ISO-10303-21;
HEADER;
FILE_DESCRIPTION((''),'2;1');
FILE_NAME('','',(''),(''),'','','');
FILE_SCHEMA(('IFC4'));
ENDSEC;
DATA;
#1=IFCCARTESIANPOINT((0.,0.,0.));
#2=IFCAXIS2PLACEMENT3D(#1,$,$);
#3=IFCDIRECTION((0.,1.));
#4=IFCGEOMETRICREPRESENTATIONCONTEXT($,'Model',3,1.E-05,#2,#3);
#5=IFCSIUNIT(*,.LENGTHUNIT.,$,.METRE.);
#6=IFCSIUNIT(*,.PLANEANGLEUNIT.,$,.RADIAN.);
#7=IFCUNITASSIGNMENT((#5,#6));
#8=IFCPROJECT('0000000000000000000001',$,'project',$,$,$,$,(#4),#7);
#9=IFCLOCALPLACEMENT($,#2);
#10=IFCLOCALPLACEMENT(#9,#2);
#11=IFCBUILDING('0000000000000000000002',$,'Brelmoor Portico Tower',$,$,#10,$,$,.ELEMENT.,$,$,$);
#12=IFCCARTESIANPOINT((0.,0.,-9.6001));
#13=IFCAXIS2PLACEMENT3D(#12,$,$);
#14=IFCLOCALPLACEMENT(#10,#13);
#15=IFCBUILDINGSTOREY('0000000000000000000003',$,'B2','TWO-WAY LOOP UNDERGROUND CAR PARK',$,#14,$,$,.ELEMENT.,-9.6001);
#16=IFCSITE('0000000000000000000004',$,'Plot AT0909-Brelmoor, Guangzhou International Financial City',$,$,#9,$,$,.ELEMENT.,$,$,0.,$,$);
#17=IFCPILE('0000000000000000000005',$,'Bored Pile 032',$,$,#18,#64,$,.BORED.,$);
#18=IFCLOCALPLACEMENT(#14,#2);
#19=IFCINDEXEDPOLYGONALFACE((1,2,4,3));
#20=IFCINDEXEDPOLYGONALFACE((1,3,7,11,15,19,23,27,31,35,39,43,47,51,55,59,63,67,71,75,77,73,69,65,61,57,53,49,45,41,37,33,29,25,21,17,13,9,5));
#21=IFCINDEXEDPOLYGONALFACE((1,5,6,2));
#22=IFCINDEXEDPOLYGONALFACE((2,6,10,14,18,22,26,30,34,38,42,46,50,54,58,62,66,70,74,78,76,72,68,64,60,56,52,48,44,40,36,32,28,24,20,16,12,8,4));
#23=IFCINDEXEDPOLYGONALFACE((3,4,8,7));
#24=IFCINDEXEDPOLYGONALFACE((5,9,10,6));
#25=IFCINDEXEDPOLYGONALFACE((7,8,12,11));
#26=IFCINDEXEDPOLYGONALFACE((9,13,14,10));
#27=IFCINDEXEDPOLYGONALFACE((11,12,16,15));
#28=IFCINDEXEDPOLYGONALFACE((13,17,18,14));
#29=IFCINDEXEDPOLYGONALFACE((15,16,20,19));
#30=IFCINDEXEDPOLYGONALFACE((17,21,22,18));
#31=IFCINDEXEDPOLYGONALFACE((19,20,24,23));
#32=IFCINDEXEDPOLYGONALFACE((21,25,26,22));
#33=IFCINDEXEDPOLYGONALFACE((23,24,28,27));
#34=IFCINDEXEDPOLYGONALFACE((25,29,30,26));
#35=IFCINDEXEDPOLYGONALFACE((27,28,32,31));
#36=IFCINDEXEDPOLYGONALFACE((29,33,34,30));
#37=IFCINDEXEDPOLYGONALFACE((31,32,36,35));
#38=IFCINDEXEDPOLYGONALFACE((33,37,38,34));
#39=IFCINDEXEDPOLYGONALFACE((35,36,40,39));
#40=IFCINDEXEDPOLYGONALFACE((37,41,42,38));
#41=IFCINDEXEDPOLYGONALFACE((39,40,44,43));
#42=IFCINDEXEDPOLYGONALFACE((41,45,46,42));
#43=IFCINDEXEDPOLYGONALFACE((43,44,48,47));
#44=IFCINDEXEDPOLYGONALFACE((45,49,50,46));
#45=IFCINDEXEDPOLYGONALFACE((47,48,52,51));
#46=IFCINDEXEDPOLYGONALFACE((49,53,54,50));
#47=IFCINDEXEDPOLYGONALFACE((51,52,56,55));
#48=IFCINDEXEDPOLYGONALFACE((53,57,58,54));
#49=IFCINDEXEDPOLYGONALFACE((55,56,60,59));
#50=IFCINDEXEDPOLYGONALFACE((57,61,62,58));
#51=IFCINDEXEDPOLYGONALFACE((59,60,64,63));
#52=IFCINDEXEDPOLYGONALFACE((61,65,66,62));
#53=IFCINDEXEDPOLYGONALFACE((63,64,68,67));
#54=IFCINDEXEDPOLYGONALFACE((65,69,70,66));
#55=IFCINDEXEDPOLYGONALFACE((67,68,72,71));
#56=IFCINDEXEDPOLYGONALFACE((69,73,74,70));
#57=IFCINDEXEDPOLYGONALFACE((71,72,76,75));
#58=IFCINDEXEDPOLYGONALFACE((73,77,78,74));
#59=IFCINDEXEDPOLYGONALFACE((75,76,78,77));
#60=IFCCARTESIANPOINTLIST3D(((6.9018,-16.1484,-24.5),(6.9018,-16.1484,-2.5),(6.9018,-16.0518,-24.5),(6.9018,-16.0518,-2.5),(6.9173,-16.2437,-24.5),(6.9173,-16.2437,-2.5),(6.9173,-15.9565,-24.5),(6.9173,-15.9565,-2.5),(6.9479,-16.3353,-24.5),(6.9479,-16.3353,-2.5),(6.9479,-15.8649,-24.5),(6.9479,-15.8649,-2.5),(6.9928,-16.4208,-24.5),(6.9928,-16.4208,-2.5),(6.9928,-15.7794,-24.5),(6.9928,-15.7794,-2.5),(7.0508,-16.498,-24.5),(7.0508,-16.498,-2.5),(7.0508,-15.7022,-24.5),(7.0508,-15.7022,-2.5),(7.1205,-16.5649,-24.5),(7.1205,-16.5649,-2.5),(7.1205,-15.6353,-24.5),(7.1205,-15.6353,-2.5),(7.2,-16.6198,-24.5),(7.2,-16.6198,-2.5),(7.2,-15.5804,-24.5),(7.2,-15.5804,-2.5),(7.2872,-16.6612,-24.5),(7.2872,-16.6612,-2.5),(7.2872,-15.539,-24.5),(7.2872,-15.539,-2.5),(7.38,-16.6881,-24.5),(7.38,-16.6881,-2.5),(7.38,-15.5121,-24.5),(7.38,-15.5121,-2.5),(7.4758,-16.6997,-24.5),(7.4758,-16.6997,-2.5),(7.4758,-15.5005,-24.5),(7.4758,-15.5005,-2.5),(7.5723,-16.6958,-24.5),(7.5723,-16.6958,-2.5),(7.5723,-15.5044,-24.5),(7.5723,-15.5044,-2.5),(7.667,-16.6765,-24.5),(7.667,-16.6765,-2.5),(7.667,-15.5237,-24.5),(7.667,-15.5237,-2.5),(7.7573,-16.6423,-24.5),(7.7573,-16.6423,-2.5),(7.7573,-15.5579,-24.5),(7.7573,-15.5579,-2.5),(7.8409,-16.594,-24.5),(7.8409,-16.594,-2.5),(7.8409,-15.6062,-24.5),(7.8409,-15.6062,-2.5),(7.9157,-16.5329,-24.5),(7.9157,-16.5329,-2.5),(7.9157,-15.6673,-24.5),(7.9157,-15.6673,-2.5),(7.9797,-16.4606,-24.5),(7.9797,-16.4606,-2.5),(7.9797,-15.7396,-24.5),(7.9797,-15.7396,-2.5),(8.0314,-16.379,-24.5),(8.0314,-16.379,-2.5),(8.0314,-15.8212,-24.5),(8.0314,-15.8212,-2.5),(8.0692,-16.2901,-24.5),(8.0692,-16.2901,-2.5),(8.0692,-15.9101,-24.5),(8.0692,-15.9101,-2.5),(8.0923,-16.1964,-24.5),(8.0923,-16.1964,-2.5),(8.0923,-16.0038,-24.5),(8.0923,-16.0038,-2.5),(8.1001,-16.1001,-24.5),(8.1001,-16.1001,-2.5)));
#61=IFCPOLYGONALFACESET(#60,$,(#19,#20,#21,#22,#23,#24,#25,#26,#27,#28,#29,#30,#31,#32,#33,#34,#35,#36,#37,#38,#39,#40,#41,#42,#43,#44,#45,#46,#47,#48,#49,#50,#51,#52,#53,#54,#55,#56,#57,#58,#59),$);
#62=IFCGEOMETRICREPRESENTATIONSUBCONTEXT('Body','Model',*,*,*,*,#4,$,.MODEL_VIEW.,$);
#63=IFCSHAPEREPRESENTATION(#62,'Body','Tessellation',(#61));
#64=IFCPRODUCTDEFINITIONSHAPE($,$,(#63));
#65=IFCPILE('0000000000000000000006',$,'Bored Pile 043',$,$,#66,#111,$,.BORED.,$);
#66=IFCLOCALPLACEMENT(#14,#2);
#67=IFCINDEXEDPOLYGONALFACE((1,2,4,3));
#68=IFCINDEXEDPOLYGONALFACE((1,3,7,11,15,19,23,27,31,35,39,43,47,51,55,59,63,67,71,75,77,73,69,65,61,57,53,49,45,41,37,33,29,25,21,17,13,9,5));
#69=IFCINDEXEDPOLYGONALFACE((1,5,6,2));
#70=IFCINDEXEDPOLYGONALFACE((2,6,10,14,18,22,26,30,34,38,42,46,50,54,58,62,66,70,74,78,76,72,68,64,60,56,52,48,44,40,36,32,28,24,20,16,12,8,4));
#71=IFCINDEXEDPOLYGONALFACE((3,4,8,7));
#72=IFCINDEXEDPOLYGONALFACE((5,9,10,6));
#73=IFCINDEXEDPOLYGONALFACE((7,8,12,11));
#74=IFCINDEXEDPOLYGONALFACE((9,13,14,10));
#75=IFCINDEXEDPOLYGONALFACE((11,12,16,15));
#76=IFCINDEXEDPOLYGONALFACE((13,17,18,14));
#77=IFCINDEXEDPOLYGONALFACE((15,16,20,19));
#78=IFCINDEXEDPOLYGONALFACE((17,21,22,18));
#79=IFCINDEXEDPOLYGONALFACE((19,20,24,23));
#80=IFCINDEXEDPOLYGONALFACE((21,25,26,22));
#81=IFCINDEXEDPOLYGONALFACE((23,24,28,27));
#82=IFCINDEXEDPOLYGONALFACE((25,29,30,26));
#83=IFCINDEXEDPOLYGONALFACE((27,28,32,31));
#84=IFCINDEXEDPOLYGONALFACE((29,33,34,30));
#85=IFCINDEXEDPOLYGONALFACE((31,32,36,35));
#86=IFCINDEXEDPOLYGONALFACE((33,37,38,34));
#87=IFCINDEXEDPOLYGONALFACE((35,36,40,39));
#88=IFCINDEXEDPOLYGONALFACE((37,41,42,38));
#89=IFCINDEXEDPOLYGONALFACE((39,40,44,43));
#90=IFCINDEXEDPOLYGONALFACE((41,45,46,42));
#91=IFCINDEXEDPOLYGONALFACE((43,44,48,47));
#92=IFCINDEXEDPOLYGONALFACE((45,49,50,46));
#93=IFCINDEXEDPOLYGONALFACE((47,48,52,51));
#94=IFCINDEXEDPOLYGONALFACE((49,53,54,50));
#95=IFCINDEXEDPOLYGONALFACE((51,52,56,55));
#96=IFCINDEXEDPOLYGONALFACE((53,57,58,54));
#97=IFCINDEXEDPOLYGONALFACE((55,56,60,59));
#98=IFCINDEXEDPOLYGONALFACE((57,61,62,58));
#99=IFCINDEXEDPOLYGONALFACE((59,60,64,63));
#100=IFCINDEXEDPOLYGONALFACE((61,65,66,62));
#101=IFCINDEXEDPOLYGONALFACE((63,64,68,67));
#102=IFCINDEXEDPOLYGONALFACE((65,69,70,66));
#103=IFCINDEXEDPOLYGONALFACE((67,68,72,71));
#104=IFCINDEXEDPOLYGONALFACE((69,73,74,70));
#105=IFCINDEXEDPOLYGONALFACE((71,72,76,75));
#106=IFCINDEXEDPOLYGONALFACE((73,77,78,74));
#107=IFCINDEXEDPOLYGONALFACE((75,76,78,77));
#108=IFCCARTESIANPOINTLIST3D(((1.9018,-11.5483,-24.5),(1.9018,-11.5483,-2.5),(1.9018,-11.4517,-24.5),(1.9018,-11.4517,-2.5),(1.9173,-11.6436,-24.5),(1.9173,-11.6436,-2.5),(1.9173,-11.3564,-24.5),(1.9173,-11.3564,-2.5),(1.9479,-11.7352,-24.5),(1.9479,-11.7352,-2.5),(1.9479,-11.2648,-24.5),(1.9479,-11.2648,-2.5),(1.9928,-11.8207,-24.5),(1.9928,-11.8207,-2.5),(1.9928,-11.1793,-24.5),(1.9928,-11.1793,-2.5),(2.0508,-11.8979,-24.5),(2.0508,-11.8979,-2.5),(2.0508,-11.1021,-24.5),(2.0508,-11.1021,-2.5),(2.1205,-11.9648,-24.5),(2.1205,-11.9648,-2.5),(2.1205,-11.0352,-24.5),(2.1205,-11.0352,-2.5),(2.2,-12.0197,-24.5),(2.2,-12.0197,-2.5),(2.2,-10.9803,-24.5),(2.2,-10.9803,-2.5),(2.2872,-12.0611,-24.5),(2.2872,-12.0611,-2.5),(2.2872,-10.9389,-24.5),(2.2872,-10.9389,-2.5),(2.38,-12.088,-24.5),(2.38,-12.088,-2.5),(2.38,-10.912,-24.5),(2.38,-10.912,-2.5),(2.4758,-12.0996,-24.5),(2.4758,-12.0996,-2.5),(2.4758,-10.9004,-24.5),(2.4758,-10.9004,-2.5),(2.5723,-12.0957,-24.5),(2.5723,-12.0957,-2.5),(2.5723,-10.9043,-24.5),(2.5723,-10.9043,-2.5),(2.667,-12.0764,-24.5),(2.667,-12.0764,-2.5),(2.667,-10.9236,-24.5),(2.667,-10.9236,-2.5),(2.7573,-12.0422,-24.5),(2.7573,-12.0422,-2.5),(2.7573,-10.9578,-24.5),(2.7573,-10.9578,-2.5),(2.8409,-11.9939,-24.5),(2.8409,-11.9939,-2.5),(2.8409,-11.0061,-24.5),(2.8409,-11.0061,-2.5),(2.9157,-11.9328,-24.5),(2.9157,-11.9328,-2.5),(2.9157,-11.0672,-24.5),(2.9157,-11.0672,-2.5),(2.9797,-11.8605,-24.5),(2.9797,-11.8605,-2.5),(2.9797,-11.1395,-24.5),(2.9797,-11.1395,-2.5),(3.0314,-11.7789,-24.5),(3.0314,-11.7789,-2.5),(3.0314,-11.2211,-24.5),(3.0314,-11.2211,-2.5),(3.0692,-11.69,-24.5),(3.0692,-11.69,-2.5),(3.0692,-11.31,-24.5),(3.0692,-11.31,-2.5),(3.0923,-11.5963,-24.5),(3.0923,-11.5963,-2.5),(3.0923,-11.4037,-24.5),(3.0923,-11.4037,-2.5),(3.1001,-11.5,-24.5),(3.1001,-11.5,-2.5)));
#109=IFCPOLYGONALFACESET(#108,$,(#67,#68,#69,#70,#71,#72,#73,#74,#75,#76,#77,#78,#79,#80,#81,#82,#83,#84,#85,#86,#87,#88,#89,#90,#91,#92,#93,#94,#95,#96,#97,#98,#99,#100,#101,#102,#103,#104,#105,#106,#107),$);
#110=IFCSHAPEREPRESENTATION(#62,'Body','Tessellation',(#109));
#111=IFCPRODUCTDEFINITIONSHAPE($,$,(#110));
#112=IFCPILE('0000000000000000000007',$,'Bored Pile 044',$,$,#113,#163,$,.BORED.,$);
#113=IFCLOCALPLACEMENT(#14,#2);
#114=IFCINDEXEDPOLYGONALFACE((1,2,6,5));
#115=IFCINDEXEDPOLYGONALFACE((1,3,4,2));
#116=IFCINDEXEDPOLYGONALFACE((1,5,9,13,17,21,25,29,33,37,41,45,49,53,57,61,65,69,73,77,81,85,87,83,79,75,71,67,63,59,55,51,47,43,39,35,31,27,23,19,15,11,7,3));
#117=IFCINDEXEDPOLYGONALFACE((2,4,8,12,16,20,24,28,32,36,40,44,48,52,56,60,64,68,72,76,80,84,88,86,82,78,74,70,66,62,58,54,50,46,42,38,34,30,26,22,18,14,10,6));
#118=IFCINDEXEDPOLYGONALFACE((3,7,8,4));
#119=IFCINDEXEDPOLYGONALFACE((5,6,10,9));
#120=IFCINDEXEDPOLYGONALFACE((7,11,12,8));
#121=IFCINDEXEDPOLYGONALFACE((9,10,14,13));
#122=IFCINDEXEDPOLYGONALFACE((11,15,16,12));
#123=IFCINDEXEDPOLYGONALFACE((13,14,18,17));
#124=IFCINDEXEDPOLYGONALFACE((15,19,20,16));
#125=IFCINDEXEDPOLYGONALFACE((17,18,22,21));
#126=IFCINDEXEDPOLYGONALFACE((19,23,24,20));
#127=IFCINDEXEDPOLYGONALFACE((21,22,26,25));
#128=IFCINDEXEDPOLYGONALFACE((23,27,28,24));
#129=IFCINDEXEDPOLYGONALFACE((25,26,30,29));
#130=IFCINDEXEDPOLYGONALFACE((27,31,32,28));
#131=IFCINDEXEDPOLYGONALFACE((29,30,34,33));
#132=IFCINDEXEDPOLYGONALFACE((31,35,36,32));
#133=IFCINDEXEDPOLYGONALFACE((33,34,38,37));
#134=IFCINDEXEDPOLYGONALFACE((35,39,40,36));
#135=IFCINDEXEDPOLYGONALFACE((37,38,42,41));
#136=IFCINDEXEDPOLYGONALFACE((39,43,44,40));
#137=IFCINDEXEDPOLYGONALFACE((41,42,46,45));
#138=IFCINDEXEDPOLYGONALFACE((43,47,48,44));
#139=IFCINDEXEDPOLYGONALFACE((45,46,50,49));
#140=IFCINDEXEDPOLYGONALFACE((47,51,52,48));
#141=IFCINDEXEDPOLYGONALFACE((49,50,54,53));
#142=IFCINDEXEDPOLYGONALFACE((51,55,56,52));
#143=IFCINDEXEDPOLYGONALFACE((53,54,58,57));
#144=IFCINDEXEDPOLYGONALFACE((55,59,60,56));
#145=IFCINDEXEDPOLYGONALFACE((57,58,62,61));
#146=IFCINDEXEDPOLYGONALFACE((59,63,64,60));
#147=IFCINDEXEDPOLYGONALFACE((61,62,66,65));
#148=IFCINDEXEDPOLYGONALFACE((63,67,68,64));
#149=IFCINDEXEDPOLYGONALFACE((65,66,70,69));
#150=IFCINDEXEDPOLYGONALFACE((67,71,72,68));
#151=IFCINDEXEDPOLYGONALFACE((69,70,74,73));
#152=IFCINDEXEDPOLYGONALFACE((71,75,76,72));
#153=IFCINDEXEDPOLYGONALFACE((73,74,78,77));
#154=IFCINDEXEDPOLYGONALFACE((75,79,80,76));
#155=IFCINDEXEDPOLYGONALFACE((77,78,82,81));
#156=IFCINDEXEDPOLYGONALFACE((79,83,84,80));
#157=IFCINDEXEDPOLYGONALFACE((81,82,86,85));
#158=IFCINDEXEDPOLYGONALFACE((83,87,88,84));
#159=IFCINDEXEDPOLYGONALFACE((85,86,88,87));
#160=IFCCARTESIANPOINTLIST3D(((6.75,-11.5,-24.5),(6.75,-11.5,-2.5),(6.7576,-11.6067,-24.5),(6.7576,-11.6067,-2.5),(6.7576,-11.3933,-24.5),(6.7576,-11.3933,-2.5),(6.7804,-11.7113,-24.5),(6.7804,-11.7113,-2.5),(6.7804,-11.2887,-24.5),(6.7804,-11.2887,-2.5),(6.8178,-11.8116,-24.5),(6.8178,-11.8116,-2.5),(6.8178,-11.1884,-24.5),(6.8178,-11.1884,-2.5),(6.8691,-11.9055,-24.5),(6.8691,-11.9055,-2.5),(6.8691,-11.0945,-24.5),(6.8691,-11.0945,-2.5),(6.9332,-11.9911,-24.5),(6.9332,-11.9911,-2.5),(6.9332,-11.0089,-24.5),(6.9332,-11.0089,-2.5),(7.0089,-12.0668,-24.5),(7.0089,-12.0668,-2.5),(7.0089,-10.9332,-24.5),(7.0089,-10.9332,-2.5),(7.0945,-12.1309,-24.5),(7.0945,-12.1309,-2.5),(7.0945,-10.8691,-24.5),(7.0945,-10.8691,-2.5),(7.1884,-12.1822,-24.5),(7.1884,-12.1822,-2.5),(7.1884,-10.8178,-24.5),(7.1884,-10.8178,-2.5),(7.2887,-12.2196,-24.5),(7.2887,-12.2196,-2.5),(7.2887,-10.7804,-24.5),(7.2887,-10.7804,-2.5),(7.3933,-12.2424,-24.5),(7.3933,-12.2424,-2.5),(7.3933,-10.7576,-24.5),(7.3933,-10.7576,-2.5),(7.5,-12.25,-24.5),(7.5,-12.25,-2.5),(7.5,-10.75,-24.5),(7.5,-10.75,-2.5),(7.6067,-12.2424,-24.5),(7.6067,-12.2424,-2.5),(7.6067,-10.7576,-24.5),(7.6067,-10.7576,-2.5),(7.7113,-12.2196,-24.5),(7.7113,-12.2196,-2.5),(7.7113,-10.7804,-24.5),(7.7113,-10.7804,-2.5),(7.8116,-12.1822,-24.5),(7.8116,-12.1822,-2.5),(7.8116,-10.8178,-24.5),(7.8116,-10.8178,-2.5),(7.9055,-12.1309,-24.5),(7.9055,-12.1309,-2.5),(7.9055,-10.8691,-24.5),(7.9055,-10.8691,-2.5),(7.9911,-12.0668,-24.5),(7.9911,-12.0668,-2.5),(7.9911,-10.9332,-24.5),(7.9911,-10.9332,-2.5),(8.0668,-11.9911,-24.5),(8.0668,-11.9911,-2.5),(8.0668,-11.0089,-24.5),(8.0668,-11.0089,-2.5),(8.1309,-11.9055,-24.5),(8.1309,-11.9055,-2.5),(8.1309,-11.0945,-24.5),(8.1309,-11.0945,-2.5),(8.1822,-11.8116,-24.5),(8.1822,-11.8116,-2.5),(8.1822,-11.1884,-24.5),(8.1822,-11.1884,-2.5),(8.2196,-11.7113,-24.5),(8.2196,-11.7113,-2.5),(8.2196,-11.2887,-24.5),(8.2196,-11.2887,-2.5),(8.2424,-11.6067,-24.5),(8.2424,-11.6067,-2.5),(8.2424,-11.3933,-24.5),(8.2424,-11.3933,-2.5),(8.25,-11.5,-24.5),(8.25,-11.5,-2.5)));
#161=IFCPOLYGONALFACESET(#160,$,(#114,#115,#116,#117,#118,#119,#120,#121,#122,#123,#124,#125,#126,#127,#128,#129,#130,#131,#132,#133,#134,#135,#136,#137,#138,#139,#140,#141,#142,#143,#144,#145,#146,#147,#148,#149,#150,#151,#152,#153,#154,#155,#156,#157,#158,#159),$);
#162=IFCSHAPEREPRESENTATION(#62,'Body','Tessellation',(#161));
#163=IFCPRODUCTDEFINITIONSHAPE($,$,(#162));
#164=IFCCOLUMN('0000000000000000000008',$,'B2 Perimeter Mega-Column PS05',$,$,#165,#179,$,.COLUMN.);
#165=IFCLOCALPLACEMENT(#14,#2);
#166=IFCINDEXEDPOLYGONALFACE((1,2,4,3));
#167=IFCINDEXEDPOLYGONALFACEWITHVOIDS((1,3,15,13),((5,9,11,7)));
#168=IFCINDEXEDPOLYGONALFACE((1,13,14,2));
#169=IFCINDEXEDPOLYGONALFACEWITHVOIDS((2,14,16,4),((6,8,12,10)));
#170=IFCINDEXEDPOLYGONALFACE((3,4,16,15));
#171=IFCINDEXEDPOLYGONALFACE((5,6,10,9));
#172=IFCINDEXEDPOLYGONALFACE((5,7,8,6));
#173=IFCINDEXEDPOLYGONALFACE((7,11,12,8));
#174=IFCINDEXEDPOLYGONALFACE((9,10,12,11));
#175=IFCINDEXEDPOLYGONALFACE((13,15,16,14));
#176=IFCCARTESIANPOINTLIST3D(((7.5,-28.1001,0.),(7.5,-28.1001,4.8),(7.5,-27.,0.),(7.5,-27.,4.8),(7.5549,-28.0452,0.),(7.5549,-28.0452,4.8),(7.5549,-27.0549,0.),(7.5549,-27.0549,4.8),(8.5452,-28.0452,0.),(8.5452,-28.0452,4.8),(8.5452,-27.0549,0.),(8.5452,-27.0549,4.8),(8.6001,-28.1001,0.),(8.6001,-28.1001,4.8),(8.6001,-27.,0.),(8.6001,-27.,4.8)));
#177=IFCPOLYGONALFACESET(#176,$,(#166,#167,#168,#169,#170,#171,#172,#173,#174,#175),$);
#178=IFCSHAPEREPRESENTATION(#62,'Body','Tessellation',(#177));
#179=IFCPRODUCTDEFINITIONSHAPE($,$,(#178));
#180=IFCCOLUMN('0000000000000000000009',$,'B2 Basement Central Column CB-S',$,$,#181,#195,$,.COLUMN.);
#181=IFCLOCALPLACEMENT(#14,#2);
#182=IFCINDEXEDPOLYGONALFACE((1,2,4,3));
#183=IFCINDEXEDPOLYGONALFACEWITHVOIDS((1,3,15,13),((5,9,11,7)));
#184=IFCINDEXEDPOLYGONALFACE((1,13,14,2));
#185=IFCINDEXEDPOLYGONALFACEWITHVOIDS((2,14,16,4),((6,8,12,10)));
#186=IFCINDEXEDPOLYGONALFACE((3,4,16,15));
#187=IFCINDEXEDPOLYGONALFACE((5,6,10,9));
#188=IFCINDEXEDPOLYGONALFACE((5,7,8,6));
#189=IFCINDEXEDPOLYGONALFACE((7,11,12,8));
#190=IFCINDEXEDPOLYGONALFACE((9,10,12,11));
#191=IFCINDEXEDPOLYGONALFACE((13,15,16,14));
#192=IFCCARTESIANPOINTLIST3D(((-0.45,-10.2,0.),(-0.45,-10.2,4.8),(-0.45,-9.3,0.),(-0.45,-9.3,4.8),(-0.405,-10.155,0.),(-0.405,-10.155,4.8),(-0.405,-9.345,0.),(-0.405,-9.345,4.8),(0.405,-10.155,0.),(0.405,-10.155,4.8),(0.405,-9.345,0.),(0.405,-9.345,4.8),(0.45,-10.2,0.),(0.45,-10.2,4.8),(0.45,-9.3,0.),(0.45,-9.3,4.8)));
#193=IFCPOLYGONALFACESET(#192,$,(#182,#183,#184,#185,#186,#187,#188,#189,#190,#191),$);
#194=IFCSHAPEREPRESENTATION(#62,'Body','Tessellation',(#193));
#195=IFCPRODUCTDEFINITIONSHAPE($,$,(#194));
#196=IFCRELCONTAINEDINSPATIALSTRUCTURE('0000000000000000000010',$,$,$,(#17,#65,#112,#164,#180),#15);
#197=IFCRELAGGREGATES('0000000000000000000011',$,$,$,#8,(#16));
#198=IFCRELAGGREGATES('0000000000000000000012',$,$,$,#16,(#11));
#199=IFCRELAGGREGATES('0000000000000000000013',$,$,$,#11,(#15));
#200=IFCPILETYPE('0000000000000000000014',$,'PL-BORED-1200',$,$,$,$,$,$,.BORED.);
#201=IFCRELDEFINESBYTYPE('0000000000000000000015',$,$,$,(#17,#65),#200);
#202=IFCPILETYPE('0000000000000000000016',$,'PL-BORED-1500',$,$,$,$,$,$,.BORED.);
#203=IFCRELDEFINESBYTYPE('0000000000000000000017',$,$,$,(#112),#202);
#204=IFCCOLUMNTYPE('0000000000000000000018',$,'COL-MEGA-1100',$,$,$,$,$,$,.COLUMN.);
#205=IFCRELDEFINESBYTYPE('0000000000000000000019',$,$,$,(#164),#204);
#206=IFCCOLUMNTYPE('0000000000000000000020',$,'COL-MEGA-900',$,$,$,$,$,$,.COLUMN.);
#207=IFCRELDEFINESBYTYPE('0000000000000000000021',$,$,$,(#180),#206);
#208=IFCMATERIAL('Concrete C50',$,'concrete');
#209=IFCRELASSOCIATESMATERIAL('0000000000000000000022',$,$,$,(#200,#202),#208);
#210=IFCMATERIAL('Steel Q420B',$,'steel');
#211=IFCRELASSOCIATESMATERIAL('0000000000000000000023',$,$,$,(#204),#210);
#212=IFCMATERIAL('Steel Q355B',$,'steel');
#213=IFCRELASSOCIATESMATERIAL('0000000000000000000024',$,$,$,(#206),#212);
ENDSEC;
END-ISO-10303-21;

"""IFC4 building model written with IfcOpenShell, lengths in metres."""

from ifc_helpers import new_model, si_unit, direction, frame, origin, origin_2d, place, context, subcontext, project, spatial, hollow_rectangle, circle, extrude, material, material_profile, profile_set, type_object, element, save


model = new_model("IFC4")

# Units and contexts
model_context = context("Model", 3, precision=1e-05, world=origin(), true_north=direction((0.0, 1.0)))
body_context = subcontext(model_context, "Body", "Model", "MODEL_VIEW")
ifc_project = project(units=[si_unit("LENGTHUNIT", "METRE"), si_unit("PLANEANGLEUNIT", "RADIAN")], contexts=[model_context])

# Site, building, storey
site_placement = place(None, origin())
site = spatial("IfcSite", under=ifc_project, at=site_placement, Name="Plot AT0909-Brelmoor, Guangzhou International Financial City", CompositionType="ELEMENT", RefElevation=0.0)
building_placement = place(site_placement, origin())
building = spatial("IfcBuilding", under=site, at=building_placement, Name="Brelmoor Portico Tower", CompositionType="ELEMENT")
storey_placement = place(building_placement, frame((0.0, 0.0, -9.6001)))
storey = spatial("IfcBuildingStorey", under=building, at=storey_placement, Name="B2", Description="TWO-WAY LOOP UNDERGROUND CAR PARK", CompositionType="ELEMENT", Elevation=-9.6001)

# Shared definitions
ifc_material_1 = material(Name="Concrete C50", Category="concrete")

# Piles
ifc_material_profile_1 = material_profile(ifc_material_1, circle(Radius=0.6001, at=origin_2d()), Name="BORED PILE D1200")
ifc_profile_set_1 = profile_set([ifc_material_profile_1], Name="Concrete C50")
pile_type_1 = type_object("IfcPileType", Name="PL-BORED-1200", PredefinedType="BORED", material=ifc_profile_set_1)
for number, where, z_axis, x_axis, name in (
    (1, (7.5, -16.1001, -2.5), (0.0, 0.0, -1.0), (1.0, 0.0, 0.0), "Bored Pile 032"),
    (2, (2.5, -11.5, -2.5), (0.0, 0.0, -1.0), (1.0, 0.0, 0.0), "Bored Pile 043"),
):
    element("IfcPile", number, at=place(storey_placement, frame(where, z_axis=z_axis, x_axis=x_axis)), inside=storey, type_object=pile_type_1, Name=name, PredefinedType="BORED", context=body_context, shape_type="SweptSolid", body=[
        extrude(circle(Radius=0.6001, at=origin_2d()), origin(), (0.0, 0.0, 1.0), 22.0),
    ])
ifc_material_profile_2 = material_profile(ifc_material_1, circle(Radius=0.75, at=origin_2d()), Name="BORED PILE D1500")
ifc_profile_set_2 = profile_set([ifc_material_profile_2], Name="Concrete C50")
pile_type_2 = type_object("IfcPileType", Name="PL-BORED-1500", PredefinedType="BORED", material=ifc_profile_set_2)
pile_placement = place(storey_placement, frame((7.5, -11.5, -2.5), z_axis=(0.0, 0.0, -1.0), x_axis=(1.0, 0.0, 0.0)))
element("IfcPile", 3, at=pile_placement, inside=storey, type_object=pile_type_2, Name="Bored Pile 044", PredefinedType="BORED", context=body_context, shape_type="SweptSolid", body=[
    extrude(circle(Radius=0.75, at=origin_2d()), origin(), (0.0, 0.0, 1.0), 22.0),
])

# Columns
ifc_material_2 = material(Name="Steel Q420B", Category="steel")
ifc_material_profile_3 = material_profile(ifc_material_2, hollow_rectangle(XDim=1.1001, YDim=1.1001, WallThickness=0.0549, at=origin_2d()), Name="BOX 1100x1100x55")
ifc_profile_set_3 = profile_set([ifc_material_profile_3], Name="Steel Q420B")
column_type_1 = type_object("IfcColumnType", Name="COL-MEGA-1100", PredefinedType="COLUMN", material=ifc_profile_set_3)
column_1_placement = place(storey_placement, frame((8.05, -27.55, 0.0), z_axis=(0.0, 0.0, 1.0), x_axis=(1.0, 0.0, 0.0)))
element("IfcColumn", 4, at=column_1_placement, inside=storey, type_object=column_type_1, Name="B2 Perimeter Mega-Column PS05", PredefinedType="COLUMN", context=body_context, shape_type="SweptSolid", body=[
    extrude(hollow_rectangle(XDim=1.1001, YDim=1.1001, WallThickness=0.0549, at=origin_2d()), origin(), (0.0, 0.0, 1.0), 4.8),
])
ifc_material_3 = material(Name="Steel Q355B", Category="steel")
ifc_material_profile_4 = material_profile(ifc_material_3, hollow_rectangle(XDim=0.8999, YDim=0.8999, WallThickness=0.0449, at=origin_2d()), Name="BOX 900x900x45")
ifc_profile_set_4 = profile_set([ifc_material_profile_4], Name="Steel Q355B")
column_type_2 = type_object("IfcColumnType", Name="COL-MEGA-900", PredefinedType="COLUMN", material=ifc_profile_set_4)
column_2_placement = place(storey_placement, frame((0.0, -9.75, 0.0), z_axis=(0.0, 0.0, 1.0), x_axis=(1.0, 0.0, 0.0)))
element("IfcColumn", 5, at=column_2_placement, inside=storey, type_object=column_type_2, Name="B2 Basement Central Column CB-S", PredefinedType="COLUMN", context=body_context, shape_type="SweptSolid", body=[
    extrude(hollow_rectangle(XDim=0.8999, YDim=0.8999, WallThickness=0.0449, at=origin_2d()), origin(), (0.0, 0.0, 1.0), 4.8),
])

save(model, "model.ifc")
